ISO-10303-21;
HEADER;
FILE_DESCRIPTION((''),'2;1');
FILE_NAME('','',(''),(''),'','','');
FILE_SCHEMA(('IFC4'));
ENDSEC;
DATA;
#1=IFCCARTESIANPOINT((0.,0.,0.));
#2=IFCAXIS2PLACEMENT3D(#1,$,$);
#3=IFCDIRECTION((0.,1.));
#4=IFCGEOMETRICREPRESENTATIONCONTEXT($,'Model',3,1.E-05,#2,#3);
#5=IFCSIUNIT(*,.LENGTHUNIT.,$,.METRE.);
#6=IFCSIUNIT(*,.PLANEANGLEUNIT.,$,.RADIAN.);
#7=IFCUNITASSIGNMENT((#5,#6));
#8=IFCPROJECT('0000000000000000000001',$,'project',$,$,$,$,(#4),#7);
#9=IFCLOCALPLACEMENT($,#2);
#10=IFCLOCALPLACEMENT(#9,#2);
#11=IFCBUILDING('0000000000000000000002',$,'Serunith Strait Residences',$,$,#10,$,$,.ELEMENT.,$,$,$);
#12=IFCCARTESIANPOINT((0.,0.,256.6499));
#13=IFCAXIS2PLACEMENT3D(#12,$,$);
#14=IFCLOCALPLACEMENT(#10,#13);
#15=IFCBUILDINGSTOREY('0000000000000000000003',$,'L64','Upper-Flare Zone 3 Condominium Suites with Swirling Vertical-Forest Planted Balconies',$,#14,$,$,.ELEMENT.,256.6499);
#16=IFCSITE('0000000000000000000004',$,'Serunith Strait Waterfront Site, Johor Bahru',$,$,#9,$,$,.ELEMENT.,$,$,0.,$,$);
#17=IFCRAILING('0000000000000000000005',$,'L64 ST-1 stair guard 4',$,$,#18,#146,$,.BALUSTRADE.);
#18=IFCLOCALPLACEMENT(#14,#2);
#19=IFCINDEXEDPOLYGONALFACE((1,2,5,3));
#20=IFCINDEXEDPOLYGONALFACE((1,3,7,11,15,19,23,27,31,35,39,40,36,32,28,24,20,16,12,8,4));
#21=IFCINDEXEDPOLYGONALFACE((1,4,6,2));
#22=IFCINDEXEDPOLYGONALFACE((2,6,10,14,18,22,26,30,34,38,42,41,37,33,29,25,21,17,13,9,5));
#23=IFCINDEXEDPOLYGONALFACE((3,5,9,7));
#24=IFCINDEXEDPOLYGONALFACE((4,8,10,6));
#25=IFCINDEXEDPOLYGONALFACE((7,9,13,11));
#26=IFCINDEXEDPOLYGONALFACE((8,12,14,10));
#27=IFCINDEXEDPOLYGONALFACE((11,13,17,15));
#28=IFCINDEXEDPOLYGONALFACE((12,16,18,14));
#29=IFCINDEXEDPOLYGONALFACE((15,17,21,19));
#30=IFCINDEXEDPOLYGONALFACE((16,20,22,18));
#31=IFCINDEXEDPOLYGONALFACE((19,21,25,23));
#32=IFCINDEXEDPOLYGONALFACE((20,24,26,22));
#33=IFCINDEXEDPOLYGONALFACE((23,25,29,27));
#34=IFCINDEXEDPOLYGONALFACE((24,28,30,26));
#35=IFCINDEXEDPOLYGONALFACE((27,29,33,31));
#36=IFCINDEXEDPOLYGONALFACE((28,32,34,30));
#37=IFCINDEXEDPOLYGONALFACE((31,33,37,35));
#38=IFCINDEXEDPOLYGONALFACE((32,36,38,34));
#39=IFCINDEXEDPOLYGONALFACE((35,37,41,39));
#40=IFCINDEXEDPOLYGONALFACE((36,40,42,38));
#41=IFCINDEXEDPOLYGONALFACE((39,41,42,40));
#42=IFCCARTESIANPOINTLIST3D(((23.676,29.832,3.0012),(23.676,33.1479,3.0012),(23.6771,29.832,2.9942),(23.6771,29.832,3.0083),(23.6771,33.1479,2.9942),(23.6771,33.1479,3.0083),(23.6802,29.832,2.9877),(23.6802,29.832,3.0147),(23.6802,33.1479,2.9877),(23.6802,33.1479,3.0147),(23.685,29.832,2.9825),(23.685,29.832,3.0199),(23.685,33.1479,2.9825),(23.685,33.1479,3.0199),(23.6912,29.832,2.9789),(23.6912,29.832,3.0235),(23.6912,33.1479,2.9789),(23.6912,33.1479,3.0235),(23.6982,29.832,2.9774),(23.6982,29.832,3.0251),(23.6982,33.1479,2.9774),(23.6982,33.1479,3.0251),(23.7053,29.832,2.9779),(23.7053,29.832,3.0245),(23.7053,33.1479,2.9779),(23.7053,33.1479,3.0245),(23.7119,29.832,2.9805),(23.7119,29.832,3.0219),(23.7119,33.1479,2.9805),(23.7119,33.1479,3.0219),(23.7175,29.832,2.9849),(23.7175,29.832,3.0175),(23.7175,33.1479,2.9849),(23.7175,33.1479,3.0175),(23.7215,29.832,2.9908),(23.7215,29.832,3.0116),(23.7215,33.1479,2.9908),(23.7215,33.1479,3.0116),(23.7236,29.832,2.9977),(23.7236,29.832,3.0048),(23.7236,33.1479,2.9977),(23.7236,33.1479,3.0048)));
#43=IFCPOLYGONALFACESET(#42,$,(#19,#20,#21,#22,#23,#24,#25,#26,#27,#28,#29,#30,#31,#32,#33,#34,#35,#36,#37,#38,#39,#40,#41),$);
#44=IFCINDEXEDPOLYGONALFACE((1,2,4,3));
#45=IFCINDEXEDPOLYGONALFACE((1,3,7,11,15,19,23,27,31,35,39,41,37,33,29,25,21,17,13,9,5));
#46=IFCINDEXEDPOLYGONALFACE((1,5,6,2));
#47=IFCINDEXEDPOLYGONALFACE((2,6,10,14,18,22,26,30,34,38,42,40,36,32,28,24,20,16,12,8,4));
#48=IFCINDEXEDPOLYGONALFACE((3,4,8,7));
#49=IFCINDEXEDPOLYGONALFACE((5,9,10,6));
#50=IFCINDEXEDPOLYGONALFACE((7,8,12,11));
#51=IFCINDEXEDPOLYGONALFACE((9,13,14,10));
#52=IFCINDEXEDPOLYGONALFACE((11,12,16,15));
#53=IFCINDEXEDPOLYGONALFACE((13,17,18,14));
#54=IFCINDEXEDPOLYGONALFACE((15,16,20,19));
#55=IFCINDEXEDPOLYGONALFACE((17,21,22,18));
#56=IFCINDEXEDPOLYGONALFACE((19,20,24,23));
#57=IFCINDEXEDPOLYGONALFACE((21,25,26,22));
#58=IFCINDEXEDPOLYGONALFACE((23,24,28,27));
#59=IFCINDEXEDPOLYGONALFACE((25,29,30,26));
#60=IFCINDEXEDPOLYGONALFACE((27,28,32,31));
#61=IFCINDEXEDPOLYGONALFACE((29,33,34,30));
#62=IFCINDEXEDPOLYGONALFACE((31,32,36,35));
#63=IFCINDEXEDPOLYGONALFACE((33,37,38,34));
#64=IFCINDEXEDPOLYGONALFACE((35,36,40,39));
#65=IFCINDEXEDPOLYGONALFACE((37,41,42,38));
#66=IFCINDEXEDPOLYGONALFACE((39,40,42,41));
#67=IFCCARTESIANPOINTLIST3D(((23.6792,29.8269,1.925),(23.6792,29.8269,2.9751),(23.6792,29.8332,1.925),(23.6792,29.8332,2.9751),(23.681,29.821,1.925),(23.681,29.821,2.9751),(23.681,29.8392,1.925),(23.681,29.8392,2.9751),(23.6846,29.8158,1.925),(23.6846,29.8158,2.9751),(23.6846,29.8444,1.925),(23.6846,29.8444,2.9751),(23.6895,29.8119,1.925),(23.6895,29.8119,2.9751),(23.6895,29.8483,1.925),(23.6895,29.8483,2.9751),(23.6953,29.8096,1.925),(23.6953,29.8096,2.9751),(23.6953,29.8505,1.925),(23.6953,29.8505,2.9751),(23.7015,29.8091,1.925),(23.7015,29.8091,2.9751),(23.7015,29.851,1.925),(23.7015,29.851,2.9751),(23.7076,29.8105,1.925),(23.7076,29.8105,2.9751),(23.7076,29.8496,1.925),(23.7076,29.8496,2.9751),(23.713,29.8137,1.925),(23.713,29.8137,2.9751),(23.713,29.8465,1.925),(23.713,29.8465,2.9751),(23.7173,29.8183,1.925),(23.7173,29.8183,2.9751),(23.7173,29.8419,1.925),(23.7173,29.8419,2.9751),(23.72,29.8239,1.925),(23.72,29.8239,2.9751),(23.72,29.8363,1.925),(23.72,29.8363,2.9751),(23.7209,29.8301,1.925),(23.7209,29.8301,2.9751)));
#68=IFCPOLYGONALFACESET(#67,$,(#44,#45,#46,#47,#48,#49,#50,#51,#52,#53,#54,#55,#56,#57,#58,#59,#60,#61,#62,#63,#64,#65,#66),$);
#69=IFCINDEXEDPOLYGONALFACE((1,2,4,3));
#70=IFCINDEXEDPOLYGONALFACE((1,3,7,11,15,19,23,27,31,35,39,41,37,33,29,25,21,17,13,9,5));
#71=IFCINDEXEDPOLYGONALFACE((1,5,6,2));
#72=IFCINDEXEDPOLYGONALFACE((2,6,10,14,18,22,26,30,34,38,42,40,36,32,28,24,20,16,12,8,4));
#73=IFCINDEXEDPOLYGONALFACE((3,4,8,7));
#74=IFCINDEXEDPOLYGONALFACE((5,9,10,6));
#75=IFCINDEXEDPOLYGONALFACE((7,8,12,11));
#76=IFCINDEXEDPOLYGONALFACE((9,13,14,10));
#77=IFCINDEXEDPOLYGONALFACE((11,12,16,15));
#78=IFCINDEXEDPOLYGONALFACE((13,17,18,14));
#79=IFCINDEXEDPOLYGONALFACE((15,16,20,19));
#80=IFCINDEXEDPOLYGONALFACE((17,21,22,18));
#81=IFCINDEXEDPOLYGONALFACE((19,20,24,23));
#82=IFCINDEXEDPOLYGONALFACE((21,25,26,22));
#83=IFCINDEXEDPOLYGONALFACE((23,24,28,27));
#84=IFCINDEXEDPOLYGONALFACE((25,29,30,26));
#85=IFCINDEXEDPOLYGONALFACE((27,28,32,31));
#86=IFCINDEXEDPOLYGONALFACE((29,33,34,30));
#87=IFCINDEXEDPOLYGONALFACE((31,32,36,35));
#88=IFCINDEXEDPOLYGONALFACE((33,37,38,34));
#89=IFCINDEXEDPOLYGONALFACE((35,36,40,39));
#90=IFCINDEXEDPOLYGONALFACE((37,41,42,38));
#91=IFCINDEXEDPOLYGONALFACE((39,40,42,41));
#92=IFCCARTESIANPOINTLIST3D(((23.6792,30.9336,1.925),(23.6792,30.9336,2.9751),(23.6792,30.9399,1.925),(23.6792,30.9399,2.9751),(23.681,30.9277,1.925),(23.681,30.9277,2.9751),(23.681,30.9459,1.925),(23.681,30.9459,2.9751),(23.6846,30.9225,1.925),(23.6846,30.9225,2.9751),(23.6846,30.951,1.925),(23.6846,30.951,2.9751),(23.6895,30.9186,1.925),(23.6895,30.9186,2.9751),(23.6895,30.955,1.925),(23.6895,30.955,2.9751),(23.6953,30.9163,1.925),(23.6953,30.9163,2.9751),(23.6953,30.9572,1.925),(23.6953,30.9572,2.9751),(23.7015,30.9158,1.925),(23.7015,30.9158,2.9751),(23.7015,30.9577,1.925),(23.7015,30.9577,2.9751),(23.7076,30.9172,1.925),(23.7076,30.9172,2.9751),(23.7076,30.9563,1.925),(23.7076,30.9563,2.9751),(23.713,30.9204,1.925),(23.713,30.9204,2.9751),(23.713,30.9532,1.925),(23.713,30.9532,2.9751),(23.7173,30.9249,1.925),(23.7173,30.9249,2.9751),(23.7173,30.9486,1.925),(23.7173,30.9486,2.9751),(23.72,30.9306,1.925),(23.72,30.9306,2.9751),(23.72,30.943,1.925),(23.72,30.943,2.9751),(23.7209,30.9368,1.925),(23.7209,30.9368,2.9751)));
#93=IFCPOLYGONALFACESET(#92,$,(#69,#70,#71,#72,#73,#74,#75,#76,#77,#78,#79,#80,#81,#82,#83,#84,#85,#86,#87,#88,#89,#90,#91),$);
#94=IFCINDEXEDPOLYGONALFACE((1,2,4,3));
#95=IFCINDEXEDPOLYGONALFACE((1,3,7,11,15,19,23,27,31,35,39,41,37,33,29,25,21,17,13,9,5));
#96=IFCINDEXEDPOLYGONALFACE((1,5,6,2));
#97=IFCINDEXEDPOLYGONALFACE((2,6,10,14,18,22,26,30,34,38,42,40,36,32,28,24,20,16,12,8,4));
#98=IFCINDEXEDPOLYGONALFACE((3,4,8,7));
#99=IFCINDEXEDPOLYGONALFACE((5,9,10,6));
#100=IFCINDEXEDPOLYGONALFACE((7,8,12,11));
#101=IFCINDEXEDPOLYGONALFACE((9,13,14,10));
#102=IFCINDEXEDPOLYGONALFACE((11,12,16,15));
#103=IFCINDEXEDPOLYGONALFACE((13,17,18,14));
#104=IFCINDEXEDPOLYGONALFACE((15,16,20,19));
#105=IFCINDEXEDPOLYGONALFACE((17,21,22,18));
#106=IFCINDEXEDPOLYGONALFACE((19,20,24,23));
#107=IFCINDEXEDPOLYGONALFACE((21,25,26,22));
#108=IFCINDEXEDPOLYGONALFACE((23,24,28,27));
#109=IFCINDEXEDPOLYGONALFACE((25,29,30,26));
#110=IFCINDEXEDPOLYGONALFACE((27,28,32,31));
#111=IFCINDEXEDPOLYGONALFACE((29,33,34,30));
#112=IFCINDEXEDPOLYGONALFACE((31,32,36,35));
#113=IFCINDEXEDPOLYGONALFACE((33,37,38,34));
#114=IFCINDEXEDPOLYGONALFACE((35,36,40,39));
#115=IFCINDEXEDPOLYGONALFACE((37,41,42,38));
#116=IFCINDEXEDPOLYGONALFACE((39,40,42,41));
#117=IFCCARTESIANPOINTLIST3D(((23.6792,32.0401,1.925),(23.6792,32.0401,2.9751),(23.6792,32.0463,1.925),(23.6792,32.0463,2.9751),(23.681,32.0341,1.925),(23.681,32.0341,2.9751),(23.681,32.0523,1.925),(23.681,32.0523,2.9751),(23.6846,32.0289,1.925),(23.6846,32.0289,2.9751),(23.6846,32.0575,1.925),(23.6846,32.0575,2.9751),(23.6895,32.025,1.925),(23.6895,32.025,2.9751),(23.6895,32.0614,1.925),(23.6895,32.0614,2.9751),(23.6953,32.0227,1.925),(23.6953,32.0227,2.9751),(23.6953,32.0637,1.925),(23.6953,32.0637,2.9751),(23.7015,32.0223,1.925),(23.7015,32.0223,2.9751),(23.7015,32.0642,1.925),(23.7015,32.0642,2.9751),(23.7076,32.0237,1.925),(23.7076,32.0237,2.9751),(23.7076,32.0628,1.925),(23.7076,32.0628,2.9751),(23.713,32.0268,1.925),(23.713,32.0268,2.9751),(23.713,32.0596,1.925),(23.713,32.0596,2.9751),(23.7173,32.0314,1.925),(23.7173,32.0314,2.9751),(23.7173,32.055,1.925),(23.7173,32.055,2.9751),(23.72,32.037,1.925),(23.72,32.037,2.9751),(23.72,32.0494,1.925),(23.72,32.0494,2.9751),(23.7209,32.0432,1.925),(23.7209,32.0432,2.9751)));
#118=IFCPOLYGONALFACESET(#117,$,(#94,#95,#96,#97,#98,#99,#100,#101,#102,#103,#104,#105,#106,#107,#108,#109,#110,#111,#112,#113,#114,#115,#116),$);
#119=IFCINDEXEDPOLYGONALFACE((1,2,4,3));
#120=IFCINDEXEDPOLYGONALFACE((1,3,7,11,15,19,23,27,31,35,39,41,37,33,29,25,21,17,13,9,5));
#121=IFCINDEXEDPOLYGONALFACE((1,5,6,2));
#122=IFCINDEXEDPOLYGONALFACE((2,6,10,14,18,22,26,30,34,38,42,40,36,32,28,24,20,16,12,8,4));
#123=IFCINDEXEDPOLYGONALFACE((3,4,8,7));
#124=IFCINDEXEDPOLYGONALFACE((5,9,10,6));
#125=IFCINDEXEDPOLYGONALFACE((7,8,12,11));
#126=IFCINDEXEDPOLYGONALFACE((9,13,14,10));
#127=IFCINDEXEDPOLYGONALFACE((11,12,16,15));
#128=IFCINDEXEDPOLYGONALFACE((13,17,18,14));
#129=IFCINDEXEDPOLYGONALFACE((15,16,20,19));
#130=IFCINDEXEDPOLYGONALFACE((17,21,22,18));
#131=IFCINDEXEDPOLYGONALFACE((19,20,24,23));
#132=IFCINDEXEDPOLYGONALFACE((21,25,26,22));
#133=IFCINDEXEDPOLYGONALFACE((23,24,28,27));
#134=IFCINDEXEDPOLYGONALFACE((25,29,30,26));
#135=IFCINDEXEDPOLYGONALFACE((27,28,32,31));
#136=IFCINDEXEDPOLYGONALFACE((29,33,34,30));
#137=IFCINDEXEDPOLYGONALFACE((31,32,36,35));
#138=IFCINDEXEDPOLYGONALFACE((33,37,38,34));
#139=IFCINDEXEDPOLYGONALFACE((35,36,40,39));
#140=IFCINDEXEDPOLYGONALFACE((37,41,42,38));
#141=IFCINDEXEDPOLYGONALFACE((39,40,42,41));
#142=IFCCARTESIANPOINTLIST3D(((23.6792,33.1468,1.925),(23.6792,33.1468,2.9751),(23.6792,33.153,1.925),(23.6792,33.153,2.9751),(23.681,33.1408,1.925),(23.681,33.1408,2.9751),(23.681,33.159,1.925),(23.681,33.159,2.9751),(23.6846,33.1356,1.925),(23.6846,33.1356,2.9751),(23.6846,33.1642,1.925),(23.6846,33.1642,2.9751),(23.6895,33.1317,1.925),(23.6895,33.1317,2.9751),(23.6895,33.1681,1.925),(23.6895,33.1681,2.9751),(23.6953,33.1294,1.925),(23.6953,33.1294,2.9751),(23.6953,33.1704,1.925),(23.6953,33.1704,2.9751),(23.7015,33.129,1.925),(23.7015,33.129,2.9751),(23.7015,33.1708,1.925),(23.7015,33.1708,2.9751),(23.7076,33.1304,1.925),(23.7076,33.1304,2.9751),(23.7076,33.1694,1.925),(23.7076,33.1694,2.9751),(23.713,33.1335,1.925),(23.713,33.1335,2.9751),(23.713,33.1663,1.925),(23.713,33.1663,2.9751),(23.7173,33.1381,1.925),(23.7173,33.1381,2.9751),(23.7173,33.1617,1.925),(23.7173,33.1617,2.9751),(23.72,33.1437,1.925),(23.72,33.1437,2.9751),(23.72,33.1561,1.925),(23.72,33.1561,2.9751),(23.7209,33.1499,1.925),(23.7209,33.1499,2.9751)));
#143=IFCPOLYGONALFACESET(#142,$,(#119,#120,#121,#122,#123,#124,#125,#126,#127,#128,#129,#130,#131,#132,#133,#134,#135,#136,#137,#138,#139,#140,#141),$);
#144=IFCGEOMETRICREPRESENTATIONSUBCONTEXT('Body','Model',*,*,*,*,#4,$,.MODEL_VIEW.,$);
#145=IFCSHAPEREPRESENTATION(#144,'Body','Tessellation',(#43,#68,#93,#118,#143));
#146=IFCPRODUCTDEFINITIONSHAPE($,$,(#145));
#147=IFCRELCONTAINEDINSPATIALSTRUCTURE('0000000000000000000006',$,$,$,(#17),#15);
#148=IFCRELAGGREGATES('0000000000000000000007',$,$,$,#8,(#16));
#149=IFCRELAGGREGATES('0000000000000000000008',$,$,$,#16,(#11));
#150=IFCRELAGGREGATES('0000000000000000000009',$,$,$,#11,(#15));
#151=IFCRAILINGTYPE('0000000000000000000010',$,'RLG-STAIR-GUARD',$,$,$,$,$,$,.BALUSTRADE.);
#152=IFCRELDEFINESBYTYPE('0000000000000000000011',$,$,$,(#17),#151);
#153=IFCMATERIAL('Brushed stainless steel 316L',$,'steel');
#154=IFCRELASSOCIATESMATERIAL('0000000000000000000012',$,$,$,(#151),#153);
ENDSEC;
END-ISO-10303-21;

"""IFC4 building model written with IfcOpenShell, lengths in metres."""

from ifc_helpers import new_model, si_unit, direction, frame, origin, origin_2d, place, context, subcontext, project, spatial, circle, extrude, material, type_object, element, save


model = new_model("IFC4")

# Units and contexts
model_context = context("Model", 3, precision=1e-05, world=origin(), true_north=direction((0.0, 1.0)))
body_context = subcontext(model_context, "Body", "Model", "MODEL_VIEW")
ifc_project = project(units=[si_unit("LENGTHUNIT", "METRE"), si_unit("PLANEANGLEUNIT", "RADIAN")], contexts=[model_context])

# Site, building, storey
site_placement = place(None, origin())
site = spatial("IfcSite", under=ifc_project, at=site_placement, Name="Serunith Strait Waterfront Site, Johor Bahru", CompositionType="ELEMENT", RefElevation=0.0)
building_placement = place(site_placement, origin())
building = spatial("IfcBuilding", under=site, at=building_placement, Name="Serunith Strait Residences", CompositionType="ELEMENT")
storey_placement = place(building_placement, frame((0.0, 0.0, 256.6499)))
storey = spatial("IfcBuildingStorey", under=building, at=storey_placement, Name="L64", Description="Upper-Flare Zone 3 Condominium Suites with Swirling Vertical-Forest Planted Balconies", CompositionType="ELEMENT", Elevation=256.6499)

# Railing
ifc_material_1 = material(Name="Brushed stainless steel 316L", Category="steel")
railing_type_1 = type_object("IfcRailingType", Name="RLG-STAIR-GUARD", PredefinedType="BALUSTRADE", material=ifc_material_1)
for number, where, name in (
    (1, (23.7, 29.8301, 1.925), "L64 ST-1 stair guard 4"),
):
    element("IfcRailing", number, at=place(storey_placement, frame(where)), inside=storey, type_object=railing_type_1, Name=name, PredefinedType="BALUSTRADE", context=body_context, shape_type="SweptSolid", body=[
        extrude(circle(Radius=0.0239, at=origin_2d()), frame((0.0, 0.002, 1.0762), z_axis=(0.0, 1.0, 0.0), x_axis=(-1.0, 0.0, 0.0)), (0.0, 0.0, 1.0), 3.3159),
        extrude(circle(Radius=0.021, at=origin_2d()), origin(), (0.0, 0.0, 1.0), 1.05),
        extrude(circle(Radius=0.021, at=origin_2d()), frame((0.0, 1.1067, 0.0)), (0.0, 0.0, 1.0), 1.05),
        extrude(circle(Radius=0.021, at=origin_2d()), frame((0.0, 2.2131, 0.0)), (0.0, 0.0, 1.0), 1.05),
        extrude(circle(Radius=0.021, at=origin_2d()), frame((0.0, 3.3198, 0.0)), (0.0, 0.0, 1.0), 1.05),
    ])

save(model, "model.ifc")
